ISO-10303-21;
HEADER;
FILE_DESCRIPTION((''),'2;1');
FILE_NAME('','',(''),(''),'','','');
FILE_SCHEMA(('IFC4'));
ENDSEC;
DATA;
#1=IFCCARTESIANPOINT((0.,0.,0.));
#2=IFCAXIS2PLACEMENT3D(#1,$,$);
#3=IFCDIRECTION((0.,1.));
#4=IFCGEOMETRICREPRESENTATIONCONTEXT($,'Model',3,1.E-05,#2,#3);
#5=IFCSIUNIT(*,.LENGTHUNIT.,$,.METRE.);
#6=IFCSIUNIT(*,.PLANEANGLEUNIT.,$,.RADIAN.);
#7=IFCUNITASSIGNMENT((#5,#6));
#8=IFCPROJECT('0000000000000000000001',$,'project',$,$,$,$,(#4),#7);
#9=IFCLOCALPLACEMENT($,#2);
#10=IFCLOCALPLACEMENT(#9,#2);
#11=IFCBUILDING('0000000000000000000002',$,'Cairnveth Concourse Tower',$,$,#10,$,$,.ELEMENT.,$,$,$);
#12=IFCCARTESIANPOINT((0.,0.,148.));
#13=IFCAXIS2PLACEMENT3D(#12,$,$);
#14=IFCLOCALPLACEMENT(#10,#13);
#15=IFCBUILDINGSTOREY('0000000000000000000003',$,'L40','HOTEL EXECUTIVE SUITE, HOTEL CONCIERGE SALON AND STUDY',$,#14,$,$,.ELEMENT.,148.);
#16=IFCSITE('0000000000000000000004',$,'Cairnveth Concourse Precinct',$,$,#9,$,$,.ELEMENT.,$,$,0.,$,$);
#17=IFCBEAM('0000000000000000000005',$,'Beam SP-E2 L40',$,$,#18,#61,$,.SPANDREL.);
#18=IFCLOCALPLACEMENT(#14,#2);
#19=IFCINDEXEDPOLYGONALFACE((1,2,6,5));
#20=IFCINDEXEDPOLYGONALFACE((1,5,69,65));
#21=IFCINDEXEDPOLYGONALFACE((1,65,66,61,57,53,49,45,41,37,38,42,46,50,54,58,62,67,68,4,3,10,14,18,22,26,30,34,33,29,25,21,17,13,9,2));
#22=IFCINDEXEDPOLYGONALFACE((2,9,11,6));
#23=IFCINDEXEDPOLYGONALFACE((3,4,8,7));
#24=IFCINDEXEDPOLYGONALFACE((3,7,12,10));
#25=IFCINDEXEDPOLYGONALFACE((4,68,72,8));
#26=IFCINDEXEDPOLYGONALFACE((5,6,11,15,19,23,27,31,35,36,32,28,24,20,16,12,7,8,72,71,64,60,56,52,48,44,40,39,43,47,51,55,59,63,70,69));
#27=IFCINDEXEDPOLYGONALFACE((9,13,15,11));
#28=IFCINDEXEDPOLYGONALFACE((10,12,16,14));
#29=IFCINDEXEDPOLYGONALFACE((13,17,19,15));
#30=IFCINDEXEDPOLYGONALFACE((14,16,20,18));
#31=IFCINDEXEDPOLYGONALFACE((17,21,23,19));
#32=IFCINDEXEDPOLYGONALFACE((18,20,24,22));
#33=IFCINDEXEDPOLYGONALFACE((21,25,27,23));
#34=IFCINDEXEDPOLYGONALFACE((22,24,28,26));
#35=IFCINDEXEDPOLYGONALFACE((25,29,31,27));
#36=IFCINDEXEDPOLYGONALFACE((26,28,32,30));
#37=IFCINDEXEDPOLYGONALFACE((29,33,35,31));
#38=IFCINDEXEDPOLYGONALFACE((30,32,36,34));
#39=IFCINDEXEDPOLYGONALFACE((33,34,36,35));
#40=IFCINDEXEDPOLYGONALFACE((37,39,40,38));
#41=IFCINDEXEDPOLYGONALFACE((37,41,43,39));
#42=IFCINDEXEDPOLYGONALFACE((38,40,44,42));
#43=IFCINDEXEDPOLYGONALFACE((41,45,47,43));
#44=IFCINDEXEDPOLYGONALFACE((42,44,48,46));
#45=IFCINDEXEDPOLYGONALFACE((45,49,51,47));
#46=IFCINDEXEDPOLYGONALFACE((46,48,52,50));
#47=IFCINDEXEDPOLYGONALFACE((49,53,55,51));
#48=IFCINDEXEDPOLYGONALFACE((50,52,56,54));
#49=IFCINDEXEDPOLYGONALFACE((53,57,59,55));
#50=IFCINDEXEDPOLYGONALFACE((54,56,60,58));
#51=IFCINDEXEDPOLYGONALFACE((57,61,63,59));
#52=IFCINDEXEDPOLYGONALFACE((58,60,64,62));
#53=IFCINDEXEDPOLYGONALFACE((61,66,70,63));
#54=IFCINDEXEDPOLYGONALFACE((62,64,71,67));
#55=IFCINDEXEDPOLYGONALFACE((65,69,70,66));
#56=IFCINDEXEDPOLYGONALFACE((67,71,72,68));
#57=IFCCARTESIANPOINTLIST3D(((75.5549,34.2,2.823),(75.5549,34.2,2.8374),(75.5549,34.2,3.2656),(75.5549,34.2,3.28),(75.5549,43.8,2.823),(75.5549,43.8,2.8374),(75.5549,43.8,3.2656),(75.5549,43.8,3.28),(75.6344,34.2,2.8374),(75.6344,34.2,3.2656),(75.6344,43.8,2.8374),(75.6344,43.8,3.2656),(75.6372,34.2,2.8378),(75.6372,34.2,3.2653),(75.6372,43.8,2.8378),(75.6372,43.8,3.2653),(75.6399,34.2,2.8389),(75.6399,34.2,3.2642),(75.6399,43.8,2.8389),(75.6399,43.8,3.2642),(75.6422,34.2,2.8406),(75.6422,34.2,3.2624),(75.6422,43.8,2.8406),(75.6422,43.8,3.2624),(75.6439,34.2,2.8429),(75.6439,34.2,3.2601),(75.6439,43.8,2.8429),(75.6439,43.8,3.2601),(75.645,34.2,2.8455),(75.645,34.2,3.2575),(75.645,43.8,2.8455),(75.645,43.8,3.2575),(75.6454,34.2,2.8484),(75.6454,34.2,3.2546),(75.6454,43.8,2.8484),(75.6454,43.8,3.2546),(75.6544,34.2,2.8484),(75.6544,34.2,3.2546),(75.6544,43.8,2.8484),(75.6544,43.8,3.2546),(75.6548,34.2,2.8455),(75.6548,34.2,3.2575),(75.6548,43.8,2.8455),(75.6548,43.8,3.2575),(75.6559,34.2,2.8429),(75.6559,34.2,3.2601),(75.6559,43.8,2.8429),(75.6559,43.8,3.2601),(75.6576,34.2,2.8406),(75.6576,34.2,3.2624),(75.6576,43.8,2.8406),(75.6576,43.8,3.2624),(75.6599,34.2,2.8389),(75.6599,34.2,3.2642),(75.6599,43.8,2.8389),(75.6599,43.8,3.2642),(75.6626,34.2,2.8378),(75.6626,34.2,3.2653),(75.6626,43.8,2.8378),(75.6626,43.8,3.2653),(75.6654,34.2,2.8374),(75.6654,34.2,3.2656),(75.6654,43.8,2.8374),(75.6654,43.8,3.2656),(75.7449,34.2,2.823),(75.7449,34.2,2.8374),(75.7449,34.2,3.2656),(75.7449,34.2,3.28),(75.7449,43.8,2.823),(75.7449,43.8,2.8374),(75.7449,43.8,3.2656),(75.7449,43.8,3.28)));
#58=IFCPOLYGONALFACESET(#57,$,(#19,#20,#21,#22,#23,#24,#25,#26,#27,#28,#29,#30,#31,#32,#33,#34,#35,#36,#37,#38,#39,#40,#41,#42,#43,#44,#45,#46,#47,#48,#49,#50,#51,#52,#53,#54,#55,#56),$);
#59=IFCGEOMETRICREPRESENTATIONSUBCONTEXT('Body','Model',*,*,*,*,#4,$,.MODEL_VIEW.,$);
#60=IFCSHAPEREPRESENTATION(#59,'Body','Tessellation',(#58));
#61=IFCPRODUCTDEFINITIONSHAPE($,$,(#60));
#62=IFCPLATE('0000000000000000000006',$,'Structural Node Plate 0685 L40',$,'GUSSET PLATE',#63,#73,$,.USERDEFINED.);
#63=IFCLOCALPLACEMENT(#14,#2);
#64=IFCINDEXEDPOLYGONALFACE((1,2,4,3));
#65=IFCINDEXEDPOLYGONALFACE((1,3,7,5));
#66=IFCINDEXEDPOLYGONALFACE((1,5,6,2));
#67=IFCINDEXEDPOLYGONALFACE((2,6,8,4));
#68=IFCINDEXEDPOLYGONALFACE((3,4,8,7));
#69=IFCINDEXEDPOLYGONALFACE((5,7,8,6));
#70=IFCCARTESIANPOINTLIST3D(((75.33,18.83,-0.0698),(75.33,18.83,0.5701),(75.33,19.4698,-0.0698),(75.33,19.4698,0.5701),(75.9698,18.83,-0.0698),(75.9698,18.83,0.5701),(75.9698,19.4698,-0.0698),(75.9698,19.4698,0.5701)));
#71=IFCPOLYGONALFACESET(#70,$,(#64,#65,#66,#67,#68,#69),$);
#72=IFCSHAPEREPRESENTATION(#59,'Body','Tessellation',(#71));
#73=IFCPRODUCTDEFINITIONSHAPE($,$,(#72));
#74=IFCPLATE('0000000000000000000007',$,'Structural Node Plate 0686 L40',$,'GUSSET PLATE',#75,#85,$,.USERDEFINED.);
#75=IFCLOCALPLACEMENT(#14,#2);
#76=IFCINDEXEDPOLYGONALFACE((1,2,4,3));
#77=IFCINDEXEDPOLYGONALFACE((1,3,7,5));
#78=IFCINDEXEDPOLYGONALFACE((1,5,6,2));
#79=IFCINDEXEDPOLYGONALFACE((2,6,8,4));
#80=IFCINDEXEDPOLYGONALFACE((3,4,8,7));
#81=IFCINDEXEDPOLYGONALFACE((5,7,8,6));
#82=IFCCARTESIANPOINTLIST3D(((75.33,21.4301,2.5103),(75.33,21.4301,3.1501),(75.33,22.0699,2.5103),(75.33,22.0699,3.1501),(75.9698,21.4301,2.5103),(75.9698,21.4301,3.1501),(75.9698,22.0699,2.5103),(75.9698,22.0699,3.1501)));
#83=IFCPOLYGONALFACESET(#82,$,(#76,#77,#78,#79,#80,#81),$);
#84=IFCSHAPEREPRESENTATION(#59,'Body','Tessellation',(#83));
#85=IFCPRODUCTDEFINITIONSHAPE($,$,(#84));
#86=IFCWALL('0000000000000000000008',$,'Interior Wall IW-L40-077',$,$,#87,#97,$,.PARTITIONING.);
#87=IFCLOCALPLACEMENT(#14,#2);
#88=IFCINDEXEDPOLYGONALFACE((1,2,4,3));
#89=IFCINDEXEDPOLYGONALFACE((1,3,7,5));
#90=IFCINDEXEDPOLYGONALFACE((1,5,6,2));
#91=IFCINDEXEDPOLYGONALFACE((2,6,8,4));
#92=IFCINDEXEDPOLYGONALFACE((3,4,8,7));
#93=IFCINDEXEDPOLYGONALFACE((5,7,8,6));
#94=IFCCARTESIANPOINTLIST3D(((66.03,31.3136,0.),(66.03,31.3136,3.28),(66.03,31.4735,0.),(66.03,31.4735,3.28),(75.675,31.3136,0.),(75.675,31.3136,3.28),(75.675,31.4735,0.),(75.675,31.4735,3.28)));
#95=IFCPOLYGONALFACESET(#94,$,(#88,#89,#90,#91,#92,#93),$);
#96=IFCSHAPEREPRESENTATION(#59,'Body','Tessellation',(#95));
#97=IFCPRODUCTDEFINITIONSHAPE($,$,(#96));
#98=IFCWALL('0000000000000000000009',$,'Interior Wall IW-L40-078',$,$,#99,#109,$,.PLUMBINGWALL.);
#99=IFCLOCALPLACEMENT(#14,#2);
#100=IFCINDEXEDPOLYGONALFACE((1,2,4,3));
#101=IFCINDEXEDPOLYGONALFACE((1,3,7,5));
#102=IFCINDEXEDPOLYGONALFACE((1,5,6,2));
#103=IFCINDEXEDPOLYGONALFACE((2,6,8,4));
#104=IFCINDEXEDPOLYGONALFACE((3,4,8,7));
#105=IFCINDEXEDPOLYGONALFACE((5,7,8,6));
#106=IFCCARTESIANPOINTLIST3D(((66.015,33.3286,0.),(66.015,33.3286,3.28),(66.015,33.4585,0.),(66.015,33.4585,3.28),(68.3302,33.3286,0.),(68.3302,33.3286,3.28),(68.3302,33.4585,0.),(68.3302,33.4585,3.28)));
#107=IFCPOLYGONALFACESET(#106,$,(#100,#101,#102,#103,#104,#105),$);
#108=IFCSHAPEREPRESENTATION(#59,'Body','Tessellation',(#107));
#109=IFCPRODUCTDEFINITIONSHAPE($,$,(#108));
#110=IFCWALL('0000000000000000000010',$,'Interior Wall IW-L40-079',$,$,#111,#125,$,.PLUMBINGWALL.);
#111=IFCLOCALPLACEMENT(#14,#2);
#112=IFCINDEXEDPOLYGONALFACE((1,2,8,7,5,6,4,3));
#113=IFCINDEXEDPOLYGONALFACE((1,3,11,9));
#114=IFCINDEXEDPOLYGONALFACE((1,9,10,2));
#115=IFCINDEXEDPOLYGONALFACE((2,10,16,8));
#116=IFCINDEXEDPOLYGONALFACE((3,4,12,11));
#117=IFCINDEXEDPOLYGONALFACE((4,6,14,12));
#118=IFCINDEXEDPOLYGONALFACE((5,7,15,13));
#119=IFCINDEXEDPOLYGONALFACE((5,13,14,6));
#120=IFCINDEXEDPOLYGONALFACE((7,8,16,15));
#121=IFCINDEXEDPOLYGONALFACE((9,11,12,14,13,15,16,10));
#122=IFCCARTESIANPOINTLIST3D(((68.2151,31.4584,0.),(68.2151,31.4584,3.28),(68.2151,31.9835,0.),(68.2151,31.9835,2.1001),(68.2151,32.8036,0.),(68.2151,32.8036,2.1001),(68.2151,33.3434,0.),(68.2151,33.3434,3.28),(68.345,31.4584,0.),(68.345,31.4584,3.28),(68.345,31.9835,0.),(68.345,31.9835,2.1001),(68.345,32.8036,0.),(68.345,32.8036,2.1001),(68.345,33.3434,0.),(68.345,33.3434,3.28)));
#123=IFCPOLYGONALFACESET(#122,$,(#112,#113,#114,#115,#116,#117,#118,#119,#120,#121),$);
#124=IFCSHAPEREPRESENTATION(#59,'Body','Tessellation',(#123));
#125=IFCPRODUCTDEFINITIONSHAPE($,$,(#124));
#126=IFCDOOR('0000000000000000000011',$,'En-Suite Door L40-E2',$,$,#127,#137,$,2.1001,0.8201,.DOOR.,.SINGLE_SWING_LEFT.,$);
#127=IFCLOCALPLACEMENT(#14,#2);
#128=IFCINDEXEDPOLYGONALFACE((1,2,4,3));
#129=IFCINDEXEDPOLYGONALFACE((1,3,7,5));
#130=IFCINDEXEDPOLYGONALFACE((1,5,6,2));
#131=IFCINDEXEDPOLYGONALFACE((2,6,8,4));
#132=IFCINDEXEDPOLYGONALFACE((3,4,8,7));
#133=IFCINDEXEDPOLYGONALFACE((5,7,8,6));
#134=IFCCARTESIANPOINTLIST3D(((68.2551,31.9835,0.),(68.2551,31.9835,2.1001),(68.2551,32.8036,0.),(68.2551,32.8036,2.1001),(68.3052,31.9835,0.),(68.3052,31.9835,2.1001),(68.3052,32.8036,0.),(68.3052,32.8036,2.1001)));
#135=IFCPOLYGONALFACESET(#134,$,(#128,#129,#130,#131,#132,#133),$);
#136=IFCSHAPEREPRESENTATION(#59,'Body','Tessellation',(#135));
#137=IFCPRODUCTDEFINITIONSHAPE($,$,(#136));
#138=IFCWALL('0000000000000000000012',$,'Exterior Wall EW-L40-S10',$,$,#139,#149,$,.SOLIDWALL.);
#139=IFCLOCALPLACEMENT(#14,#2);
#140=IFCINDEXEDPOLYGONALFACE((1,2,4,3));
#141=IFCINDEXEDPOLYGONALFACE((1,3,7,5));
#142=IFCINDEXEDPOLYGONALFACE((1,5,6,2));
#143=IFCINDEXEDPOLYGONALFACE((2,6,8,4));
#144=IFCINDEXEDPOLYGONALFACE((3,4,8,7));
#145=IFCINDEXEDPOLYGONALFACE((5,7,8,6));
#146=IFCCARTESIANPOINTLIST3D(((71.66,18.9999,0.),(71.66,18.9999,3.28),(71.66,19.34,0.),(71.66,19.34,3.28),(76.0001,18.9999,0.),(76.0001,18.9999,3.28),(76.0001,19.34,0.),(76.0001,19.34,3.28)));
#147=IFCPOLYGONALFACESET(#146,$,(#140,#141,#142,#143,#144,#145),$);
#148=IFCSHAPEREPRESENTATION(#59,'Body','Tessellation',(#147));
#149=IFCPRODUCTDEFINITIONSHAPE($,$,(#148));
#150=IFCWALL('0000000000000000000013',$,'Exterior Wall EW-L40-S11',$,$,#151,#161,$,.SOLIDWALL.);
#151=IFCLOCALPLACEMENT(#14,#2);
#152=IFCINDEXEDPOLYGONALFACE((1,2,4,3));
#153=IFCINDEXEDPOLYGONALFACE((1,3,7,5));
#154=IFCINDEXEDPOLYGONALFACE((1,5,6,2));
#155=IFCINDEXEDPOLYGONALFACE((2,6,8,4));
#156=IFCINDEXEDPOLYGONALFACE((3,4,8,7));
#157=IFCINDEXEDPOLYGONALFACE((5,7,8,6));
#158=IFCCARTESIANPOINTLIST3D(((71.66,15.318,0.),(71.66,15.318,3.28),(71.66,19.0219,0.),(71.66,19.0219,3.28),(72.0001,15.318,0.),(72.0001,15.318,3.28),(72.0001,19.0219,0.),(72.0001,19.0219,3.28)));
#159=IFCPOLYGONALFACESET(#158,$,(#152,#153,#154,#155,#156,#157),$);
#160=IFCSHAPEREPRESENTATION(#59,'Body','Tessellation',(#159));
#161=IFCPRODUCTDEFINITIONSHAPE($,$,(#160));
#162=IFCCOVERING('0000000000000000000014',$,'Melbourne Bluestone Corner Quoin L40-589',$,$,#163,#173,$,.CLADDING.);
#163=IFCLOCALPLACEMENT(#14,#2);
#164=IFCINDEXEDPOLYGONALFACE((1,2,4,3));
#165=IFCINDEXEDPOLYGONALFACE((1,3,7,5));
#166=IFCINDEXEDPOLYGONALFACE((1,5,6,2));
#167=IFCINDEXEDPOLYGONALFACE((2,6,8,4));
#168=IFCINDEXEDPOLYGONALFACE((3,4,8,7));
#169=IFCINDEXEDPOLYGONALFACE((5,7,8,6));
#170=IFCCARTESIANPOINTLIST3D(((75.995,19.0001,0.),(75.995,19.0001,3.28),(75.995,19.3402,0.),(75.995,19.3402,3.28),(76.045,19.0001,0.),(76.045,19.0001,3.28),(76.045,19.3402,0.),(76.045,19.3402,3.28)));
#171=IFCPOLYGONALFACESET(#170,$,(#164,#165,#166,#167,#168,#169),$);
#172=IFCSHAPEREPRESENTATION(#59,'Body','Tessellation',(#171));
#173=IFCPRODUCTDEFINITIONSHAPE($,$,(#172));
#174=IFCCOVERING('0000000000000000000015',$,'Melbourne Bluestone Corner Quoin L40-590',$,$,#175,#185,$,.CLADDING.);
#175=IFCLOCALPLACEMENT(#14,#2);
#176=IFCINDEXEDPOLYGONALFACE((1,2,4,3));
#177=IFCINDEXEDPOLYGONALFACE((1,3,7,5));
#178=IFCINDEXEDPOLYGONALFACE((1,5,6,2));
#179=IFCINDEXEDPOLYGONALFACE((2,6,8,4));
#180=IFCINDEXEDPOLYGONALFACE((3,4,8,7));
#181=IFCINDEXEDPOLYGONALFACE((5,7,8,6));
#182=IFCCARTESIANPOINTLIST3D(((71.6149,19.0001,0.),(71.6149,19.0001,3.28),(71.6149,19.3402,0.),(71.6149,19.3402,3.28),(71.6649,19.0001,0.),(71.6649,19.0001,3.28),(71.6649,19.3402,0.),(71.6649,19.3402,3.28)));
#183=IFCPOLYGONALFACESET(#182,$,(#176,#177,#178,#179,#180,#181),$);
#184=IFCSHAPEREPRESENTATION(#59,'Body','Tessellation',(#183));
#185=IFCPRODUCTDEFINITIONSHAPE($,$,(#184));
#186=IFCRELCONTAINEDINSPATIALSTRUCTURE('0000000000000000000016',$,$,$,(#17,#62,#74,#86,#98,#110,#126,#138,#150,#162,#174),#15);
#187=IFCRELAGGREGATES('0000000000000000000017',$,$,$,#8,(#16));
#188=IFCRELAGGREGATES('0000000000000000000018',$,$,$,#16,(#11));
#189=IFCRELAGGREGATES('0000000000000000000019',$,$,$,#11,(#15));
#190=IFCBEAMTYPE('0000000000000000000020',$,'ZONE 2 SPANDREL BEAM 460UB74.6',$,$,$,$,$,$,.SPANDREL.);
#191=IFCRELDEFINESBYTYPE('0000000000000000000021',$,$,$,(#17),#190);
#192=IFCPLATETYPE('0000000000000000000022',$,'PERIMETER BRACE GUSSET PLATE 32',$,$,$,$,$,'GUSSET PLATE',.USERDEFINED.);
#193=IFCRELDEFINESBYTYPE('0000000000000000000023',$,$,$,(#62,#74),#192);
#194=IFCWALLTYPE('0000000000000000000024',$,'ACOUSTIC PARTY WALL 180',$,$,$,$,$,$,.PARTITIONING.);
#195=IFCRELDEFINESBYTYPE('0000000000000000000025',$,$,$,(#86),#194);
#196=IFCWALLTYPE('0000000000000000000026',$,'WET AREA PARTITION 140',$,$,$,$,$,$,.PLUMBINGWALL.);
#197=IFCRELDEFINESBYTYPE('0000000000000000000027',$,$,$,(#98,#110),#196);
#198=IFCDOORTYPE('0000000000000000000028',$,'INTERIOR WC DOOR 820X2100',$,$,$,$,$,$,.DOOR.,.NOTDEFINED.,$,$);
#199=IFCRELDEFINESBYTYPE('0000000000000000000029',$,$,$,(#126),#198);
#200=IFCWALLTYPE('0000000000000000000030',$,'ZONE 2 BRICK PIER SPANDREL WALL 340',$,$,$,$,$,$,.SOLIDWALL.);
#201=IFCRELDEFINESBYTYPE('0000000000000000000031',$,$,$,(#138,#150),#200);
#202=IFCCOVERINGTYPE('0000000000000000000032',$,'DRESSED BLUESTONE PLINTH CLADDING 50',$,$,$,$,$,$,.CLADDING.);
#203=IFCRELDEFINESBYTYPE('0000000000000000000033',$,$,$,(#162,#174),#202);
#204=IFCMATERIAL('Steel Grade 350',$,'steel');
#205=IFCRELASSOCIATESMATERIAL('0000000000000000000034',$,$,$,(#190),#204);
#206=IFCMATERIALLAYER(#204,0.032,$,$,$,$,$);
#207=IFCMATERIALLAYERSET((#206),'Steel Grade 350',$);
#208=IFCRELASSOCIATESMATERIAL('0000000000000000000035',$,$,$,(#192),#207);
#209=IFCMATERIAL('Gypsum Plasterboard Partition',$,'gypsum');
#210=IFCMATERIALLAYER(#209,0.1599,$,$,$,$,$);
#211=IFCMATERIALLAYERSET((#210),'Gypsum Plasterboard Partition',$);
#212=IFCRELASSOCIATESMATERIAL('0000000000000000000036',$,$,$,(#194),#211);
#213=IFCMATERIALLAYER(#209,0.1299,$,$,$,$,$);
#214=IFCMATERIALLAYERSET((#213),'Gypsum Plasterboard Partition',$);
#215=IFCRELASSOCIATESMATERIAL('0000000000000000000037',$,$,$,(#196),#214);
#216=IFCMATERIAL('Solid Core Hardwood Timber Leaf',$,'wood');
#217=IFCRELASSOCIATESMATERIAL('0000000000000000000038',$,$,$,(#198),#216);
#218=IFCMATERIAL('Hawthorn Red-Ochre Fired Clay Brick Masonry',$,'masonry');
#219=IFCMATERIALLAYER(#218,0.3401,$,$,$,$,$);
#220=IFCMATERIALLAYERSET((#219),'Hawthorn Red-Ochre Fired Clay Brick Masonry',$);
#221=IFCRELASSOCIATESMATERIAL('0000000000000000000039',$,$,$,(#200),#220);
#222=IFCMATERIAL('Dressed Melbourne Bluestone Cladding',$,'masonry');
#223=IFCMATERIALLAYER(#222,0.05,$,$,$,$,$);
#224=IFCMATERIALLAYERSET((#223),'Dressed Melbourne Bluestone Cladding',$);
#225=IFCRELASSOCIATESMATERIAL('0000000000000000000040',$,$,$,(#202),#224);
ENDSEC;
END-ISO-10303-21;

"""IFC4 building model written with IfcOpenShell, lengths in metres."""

from ifc_helpers import new_model, si_unit, direction, frame, frame_2d, origin, origin_2d, place, context, subcontext, project, spatial, rectangle, i_section, extrude, material, layer, layer_set, material_profile, profile_set, type_object, element, fill, save


model = new_model("IFC4")

# Units and contexts
model_context = context("Model", 3, precision=1e-05, world=origin(), true_north=direction((0.0, 1.0)))
body_context = subcontext(model_context, "Body", "Model", "MODEL_VIEW")
ifc_project = project(units=[si_unit("LENGTHUNIT", "METRE"), si_unit("PLANEANGLEUNIT", "RADIAN")], contexts=[model_context])

# Site, building, storey
site_placement = place(None, origin())
site = spatial("IfcSite", under=ifc_project, at=site_placement, Name="Cairnveth Concourse Precinct", CompositionType="ELEMENT", RefElevation=0.0)
building_placement = place(site_placement, origin())
building = spatial("IfcBuilding", under=site, at=building_placement, Name="Cairnveth Concourse Tower", CompositionType="ELEMENT")
storey_placement = place(building_placement, frame((0.0, 0.0, 148.0)))
storey = spatial("IfcBuildingStorey", under=building, at=storey_placement, Name="L40", Description="HOTEL EXECUTIVE SUITE, HOTEL CONCIERGE SALON AND STUDY", CompositionType="ELEMENT", Elevation=148.0)

# Shared definitions
ifc_material_1 = material(Name="Steel Grade 350", Category="steel")

# Beam
ifc_material_profile_1 = material_profile(ifc_material_1, i_section(OverallWidth=0.1899, OverallDepth=0.457, WebThickness=0.009, FlangeThickness=0.0144, FilletRadius=0.011, at=origin_2d()), Name="460UB74.6")
ifc_profile_set_1 = profile_set([ifc_material_profile_1], Name="Steel Grade 350")
beam_type_1 = type_object("IfcBeamType", Name="ZONE 2 SPANDREL BEAM 460UB74.6", PredefinedType="SPANDREL", material=ifc_profile_set_1)
beam_1_placement = place(storey_placement, frame((75.6499, 34.2, 3.0515), z_axis=(0.0, 1.0, 0.0), x_axis=(-1.0, 0.0, 0.0)))
element("IfcBeam", 1, at=beam_1_placement, inside=storey, type_object=beam_type_1, Name="Beam SP-E2 L40", PredefinedType="SPANDREL", context=body_context, shape_type="SweptSolid", body=[
    extrude(i_section(OverallWidth=0.1899, OverallDepth=0.457, WebThickness=0.009, FlangeThickness=0.0144, FilletRadius=0.011, at=origin_2d()), origin(), (0.0, 0.0, 1.0), 9.6001),
])

# Plates
ifc_layer_1 = layer(ifc_material_1, 0.032)
ifc_layer_set_1 = layer_set([ifc_layer_1], Name="Steel Grade 350")
plate_type = type_object("IfcPlateType", Name="PERIMETER BRACE GUSSET PLATE 32", ElementType="GUSSET PLATE", PredefinedType="USERDEFINED", material=ifc_layer_set_1)
for number, where, z_axis, x_axis, name in (
    (2, (75.6499, 19.1499, -0.0698), (0.0, 0.0, 1.0), (1.0, 0.0, 0.0), "Structural Node Plate 0685 L40"),
    (3, (75.6499, 21.75, 2.5103), (0.0, 0.0, 1.0), (1.0, 0.0, 0.0), "Structural Node Plate 0686 L40"),
):
    element("IfcPlate", number, at=place(storey_placement, frame(where, z_axis=z_axis, x_axis=x_axis)), inside=storey, type_object=plate_type, Name=name, ObjectType="GUSSET PLATE", PredefinedType="USERDEFINED", context=body_context, shape_type="SweptSolid", body=[
        extrude(rectangle(XDim=0.6399, YDim=0.6399, at=origin_2d()), origin(), (0.0, 0.0, 1.0), 0.6399),
    ])

# Walls
ifc_material_2 = material(Name="Gypsum Plasterboard Partition", Category="gypsum")
ifc_layer_2 = layer(ifc_material_2, 0.1599)
ifc_layer_set_2 = layer_set([ifc_layer_2], Name="Gypsum Plasterboard Partition")
wall_type_1 = type_object("IfcWallType", Name="ACOUSTIC PARTY WALL 180", PredefinedType="PARTITIONING", material=ifc_layer_set_2)
wall_1_placement = place(storey_placement, frame((66.03, 31.3936, 0.0), z_axis=(0.0, 0.0, 1.0), x_axis=(1.0, 0.0, 0.0)))
element("IfcWall", 4, at=wall_1_placement, inside=storey, type_object=wall_type_1, Name="Interior Wall IW-L40-077", PredefinedType="PARTITIONING", context=body_context, shape_type="SweptSolid", body=[
    extrude(rectangle(XDim=9.645, YDim=0.1599, at=frame_2d((4.8225, 0.0))), origin(), (0.0, 0.0, 1.0), 3.28),
])
ifc_layer_3 = layer(ifc_material_2, 0.1299)
ifc_layer_set_3 = layer_set([ifc_layer_3], Name="Gypsum Plasterboard Partition")
wall_type_2 = type_object("IfcWallType", Name="WET AREA PARTITION 140", PredefinedType="PLUMBINGWALL", material=ifc_layer_set_3)
wall_2_placement = place(storey_placement, frame((66.0149, 33.3936, 0.0), z_axis=(0.0, 0.0, 1.0), x_axis=(1.0, 0.0, 0.0)))
element("IfcWall", 5, at=wall_2_placement, inside=storey, type_object=wall_type_2, Name="Interior Wall IW-L40-078", PredefinedType="PLUMBINGWALL", context=body_context, shape_type="SweptSolid", body=[
    extrude(rectangle(XDim=2.3152, YDim=0.1299, at=frame_2d((1.1577, 0.0))), origin(), (0.0, 0.0, 1.0), 3.28),
])

# Wall, opening, door
wall_3_placement = place(storey_placement, frame((68.28, 31.4585, 0.0), z_axis=(0.0, 0.0, 1.0), x_axis=(0.0, 1.0, 0.0)))
wall_3 = element("IfcWall", 6, at=wall_3_placement, inside=storey, type_object=wall_type_2, Name="Interior Wall IW-L40-079", PredefinedType="PLUMBINGWALL", context=body_context, shape_type="SweptSolid", body=[
    extrude(rectangle(XDim=1.885, YDim=0.1299, at=frame_2d((0.9424, 0.0))), origin(), (0.0, 0.0, 1.0), 3.28),
])
opening_placement = place(wall_3_placement, frame((0.5249, 0.0, 0.0)))
opening = element("IfcOpeningElement", 7, at=opening_placement, cuts=wall_3, PredefinedType="OPENING", context=body_context, shape_type="SweptSolid", body=[
    extrude(rectangle(XDim=0.8201, YDim=2.1001, at=frame_2d((0.4102, 1.05))), frame((0.0, 0.075, 0.0), z_axis=(0.0, -1.0, 0.0), x_axis=(1.0, 0.0, 0.0)), (0.0, 0.0, 1.0), 0.1499),
])
ifc_material_3 = material(Name="Solid Core Hardwood Timber Leaf", Category="wood")
door_type = type_object("IfcDoorType", Name="INTERIOR WC DOOR 820X2100", OperationType="NOTDEFINED", PredefinedType="DOOR", material=ifc_material_3)
door_placement = place(opening_placement, origin())
door = element("IfcDoor", 8, at=door_placement, inside=storey, type_object=door_type, Name="En-Suite Door L40-E2", OperationType="SINGLE_SWING_LEFT", OverallHeight=2.1001, OverallWidth=0.8201, PredefinedType="DOOR", context=body_context, shape_type="SweptSolid", body=[
    extrude(rectangle(XDim=0.8201, YDim=2.1001, at=frame_2d((0.4102, 1.05))), frame((0.0, 0.0249, 0.0), z_axis=(0.0, -1.0, 0.0), x_axis=(1.0, 0.0, 0.0)), (0.0, 0.0, 1.0), 0.05),
])
fill(opening, door)

# Walls
ifc_material_4 = material(Name="Hawthorn Red-Ochre Fired Clay Brick Masonry", Category="masonry")
ifc_layer_4 = layer(ifc_material_4, 0.3401)
ifc_layer_set_4 = layer_set([ifc_layer_4], Name="Hawthorn Red-Ochre Fired Clay Brick Masonry")
wall_type_3 = type_object("IfcWallType", Name="ZONE 2 BRICK PIER SPANDREL WALL 340", PredefinedType="SOLIDWALL", material=ifc_layer_set_4)
wall_4_placement = place(storey_placement, frame((76.0, 19.1699, 0.0), z_axis=(0.0, 0.0, 1.0), x_axis=(-1.0, 0.0, 0.0)))
element("IfcWall", 9, at=wall_4_placement, inside=storey, type_object=wall_type_3, Name="Exterior Wall EW-L40-S10", PredefinedType="SOLIDWALL", context=body_context, shape_type="SweptSolid", body=[
    extrude(rectangle(XDim=4.3401, YDim=0.3401, at=frame_2d((2.1699, 0.0))), origin(), (0.0, 0.0, 1.0), 3.28),
])
wall_5_placement = place(storey_placement, frame((71.8301, 19.022, 0.0), z_axis=(0.0, 0.0, 1.0), x_axis=(0.0, -1.0, 0.0)))
element("IfcWall", 10, at=wall_5_placement, inside=storey, type_object=wall_type_3, Name="Exterior Wall EW-L40-S11", PredefinedType="SOLIDWALL", context=body_context, shape_type="SweptSolid", body=[
    extrude(rectangle(XDim=3.7039, YDim=0.3401, at=frame_2d((1.8521, 0.0))), origin(), (0.0, 0.0, 1.0), 3.28),
])

# Coverings
ifc_material_5 = material(Name="Dressed Melbourne Bluestone Cladding", Category="masonry")
ifc_layer_5 = layer(ifc_material_5, 0.05)
ifc_layer_set_5 = layer_set([ifc_layer_5], Name="Dressed Melbourne Bluestone Cladding")
covering_type = type_object("IfcCoveringType", Name="DRESSED BLUESTONE PLINTH CLADDING 50", PredefinedType="CLADDING", material=ifc_layer_set_5)
for number, where, z_axis, x_axis, name in (
    (11, (76.02, 19.3401, 0.0), (0.0, 0.0, 1.0), (0.0, -1.0, 0.0), "Melbourne Bluestone Corner Quoin L40-589"),
    (12, (71.6399, 19.3401, 0.0), (0.0, 0.0, 1.0), (0.0, -1.0, 0.0), "Melbourne Bluestone Corner Quoin L40-590"),
):
    element("IfcCovering", number, at=place(storey_placement, frame(where, z_axis=z_axis, x_axis=x_axis)), inside=storey, type_object=covering_type, Name=name, PredefinedType="CLADDING", context=body_context, shape_type="SweptSolid", body=[
        extrude(rectangle(XDim=0.3401, YDim=0.05, at=frame_2d((0.1699, 0.0))), origin(), (0.0, 0.0, 1.0), 3.28),
    ])

save(model, "model.ifc")
